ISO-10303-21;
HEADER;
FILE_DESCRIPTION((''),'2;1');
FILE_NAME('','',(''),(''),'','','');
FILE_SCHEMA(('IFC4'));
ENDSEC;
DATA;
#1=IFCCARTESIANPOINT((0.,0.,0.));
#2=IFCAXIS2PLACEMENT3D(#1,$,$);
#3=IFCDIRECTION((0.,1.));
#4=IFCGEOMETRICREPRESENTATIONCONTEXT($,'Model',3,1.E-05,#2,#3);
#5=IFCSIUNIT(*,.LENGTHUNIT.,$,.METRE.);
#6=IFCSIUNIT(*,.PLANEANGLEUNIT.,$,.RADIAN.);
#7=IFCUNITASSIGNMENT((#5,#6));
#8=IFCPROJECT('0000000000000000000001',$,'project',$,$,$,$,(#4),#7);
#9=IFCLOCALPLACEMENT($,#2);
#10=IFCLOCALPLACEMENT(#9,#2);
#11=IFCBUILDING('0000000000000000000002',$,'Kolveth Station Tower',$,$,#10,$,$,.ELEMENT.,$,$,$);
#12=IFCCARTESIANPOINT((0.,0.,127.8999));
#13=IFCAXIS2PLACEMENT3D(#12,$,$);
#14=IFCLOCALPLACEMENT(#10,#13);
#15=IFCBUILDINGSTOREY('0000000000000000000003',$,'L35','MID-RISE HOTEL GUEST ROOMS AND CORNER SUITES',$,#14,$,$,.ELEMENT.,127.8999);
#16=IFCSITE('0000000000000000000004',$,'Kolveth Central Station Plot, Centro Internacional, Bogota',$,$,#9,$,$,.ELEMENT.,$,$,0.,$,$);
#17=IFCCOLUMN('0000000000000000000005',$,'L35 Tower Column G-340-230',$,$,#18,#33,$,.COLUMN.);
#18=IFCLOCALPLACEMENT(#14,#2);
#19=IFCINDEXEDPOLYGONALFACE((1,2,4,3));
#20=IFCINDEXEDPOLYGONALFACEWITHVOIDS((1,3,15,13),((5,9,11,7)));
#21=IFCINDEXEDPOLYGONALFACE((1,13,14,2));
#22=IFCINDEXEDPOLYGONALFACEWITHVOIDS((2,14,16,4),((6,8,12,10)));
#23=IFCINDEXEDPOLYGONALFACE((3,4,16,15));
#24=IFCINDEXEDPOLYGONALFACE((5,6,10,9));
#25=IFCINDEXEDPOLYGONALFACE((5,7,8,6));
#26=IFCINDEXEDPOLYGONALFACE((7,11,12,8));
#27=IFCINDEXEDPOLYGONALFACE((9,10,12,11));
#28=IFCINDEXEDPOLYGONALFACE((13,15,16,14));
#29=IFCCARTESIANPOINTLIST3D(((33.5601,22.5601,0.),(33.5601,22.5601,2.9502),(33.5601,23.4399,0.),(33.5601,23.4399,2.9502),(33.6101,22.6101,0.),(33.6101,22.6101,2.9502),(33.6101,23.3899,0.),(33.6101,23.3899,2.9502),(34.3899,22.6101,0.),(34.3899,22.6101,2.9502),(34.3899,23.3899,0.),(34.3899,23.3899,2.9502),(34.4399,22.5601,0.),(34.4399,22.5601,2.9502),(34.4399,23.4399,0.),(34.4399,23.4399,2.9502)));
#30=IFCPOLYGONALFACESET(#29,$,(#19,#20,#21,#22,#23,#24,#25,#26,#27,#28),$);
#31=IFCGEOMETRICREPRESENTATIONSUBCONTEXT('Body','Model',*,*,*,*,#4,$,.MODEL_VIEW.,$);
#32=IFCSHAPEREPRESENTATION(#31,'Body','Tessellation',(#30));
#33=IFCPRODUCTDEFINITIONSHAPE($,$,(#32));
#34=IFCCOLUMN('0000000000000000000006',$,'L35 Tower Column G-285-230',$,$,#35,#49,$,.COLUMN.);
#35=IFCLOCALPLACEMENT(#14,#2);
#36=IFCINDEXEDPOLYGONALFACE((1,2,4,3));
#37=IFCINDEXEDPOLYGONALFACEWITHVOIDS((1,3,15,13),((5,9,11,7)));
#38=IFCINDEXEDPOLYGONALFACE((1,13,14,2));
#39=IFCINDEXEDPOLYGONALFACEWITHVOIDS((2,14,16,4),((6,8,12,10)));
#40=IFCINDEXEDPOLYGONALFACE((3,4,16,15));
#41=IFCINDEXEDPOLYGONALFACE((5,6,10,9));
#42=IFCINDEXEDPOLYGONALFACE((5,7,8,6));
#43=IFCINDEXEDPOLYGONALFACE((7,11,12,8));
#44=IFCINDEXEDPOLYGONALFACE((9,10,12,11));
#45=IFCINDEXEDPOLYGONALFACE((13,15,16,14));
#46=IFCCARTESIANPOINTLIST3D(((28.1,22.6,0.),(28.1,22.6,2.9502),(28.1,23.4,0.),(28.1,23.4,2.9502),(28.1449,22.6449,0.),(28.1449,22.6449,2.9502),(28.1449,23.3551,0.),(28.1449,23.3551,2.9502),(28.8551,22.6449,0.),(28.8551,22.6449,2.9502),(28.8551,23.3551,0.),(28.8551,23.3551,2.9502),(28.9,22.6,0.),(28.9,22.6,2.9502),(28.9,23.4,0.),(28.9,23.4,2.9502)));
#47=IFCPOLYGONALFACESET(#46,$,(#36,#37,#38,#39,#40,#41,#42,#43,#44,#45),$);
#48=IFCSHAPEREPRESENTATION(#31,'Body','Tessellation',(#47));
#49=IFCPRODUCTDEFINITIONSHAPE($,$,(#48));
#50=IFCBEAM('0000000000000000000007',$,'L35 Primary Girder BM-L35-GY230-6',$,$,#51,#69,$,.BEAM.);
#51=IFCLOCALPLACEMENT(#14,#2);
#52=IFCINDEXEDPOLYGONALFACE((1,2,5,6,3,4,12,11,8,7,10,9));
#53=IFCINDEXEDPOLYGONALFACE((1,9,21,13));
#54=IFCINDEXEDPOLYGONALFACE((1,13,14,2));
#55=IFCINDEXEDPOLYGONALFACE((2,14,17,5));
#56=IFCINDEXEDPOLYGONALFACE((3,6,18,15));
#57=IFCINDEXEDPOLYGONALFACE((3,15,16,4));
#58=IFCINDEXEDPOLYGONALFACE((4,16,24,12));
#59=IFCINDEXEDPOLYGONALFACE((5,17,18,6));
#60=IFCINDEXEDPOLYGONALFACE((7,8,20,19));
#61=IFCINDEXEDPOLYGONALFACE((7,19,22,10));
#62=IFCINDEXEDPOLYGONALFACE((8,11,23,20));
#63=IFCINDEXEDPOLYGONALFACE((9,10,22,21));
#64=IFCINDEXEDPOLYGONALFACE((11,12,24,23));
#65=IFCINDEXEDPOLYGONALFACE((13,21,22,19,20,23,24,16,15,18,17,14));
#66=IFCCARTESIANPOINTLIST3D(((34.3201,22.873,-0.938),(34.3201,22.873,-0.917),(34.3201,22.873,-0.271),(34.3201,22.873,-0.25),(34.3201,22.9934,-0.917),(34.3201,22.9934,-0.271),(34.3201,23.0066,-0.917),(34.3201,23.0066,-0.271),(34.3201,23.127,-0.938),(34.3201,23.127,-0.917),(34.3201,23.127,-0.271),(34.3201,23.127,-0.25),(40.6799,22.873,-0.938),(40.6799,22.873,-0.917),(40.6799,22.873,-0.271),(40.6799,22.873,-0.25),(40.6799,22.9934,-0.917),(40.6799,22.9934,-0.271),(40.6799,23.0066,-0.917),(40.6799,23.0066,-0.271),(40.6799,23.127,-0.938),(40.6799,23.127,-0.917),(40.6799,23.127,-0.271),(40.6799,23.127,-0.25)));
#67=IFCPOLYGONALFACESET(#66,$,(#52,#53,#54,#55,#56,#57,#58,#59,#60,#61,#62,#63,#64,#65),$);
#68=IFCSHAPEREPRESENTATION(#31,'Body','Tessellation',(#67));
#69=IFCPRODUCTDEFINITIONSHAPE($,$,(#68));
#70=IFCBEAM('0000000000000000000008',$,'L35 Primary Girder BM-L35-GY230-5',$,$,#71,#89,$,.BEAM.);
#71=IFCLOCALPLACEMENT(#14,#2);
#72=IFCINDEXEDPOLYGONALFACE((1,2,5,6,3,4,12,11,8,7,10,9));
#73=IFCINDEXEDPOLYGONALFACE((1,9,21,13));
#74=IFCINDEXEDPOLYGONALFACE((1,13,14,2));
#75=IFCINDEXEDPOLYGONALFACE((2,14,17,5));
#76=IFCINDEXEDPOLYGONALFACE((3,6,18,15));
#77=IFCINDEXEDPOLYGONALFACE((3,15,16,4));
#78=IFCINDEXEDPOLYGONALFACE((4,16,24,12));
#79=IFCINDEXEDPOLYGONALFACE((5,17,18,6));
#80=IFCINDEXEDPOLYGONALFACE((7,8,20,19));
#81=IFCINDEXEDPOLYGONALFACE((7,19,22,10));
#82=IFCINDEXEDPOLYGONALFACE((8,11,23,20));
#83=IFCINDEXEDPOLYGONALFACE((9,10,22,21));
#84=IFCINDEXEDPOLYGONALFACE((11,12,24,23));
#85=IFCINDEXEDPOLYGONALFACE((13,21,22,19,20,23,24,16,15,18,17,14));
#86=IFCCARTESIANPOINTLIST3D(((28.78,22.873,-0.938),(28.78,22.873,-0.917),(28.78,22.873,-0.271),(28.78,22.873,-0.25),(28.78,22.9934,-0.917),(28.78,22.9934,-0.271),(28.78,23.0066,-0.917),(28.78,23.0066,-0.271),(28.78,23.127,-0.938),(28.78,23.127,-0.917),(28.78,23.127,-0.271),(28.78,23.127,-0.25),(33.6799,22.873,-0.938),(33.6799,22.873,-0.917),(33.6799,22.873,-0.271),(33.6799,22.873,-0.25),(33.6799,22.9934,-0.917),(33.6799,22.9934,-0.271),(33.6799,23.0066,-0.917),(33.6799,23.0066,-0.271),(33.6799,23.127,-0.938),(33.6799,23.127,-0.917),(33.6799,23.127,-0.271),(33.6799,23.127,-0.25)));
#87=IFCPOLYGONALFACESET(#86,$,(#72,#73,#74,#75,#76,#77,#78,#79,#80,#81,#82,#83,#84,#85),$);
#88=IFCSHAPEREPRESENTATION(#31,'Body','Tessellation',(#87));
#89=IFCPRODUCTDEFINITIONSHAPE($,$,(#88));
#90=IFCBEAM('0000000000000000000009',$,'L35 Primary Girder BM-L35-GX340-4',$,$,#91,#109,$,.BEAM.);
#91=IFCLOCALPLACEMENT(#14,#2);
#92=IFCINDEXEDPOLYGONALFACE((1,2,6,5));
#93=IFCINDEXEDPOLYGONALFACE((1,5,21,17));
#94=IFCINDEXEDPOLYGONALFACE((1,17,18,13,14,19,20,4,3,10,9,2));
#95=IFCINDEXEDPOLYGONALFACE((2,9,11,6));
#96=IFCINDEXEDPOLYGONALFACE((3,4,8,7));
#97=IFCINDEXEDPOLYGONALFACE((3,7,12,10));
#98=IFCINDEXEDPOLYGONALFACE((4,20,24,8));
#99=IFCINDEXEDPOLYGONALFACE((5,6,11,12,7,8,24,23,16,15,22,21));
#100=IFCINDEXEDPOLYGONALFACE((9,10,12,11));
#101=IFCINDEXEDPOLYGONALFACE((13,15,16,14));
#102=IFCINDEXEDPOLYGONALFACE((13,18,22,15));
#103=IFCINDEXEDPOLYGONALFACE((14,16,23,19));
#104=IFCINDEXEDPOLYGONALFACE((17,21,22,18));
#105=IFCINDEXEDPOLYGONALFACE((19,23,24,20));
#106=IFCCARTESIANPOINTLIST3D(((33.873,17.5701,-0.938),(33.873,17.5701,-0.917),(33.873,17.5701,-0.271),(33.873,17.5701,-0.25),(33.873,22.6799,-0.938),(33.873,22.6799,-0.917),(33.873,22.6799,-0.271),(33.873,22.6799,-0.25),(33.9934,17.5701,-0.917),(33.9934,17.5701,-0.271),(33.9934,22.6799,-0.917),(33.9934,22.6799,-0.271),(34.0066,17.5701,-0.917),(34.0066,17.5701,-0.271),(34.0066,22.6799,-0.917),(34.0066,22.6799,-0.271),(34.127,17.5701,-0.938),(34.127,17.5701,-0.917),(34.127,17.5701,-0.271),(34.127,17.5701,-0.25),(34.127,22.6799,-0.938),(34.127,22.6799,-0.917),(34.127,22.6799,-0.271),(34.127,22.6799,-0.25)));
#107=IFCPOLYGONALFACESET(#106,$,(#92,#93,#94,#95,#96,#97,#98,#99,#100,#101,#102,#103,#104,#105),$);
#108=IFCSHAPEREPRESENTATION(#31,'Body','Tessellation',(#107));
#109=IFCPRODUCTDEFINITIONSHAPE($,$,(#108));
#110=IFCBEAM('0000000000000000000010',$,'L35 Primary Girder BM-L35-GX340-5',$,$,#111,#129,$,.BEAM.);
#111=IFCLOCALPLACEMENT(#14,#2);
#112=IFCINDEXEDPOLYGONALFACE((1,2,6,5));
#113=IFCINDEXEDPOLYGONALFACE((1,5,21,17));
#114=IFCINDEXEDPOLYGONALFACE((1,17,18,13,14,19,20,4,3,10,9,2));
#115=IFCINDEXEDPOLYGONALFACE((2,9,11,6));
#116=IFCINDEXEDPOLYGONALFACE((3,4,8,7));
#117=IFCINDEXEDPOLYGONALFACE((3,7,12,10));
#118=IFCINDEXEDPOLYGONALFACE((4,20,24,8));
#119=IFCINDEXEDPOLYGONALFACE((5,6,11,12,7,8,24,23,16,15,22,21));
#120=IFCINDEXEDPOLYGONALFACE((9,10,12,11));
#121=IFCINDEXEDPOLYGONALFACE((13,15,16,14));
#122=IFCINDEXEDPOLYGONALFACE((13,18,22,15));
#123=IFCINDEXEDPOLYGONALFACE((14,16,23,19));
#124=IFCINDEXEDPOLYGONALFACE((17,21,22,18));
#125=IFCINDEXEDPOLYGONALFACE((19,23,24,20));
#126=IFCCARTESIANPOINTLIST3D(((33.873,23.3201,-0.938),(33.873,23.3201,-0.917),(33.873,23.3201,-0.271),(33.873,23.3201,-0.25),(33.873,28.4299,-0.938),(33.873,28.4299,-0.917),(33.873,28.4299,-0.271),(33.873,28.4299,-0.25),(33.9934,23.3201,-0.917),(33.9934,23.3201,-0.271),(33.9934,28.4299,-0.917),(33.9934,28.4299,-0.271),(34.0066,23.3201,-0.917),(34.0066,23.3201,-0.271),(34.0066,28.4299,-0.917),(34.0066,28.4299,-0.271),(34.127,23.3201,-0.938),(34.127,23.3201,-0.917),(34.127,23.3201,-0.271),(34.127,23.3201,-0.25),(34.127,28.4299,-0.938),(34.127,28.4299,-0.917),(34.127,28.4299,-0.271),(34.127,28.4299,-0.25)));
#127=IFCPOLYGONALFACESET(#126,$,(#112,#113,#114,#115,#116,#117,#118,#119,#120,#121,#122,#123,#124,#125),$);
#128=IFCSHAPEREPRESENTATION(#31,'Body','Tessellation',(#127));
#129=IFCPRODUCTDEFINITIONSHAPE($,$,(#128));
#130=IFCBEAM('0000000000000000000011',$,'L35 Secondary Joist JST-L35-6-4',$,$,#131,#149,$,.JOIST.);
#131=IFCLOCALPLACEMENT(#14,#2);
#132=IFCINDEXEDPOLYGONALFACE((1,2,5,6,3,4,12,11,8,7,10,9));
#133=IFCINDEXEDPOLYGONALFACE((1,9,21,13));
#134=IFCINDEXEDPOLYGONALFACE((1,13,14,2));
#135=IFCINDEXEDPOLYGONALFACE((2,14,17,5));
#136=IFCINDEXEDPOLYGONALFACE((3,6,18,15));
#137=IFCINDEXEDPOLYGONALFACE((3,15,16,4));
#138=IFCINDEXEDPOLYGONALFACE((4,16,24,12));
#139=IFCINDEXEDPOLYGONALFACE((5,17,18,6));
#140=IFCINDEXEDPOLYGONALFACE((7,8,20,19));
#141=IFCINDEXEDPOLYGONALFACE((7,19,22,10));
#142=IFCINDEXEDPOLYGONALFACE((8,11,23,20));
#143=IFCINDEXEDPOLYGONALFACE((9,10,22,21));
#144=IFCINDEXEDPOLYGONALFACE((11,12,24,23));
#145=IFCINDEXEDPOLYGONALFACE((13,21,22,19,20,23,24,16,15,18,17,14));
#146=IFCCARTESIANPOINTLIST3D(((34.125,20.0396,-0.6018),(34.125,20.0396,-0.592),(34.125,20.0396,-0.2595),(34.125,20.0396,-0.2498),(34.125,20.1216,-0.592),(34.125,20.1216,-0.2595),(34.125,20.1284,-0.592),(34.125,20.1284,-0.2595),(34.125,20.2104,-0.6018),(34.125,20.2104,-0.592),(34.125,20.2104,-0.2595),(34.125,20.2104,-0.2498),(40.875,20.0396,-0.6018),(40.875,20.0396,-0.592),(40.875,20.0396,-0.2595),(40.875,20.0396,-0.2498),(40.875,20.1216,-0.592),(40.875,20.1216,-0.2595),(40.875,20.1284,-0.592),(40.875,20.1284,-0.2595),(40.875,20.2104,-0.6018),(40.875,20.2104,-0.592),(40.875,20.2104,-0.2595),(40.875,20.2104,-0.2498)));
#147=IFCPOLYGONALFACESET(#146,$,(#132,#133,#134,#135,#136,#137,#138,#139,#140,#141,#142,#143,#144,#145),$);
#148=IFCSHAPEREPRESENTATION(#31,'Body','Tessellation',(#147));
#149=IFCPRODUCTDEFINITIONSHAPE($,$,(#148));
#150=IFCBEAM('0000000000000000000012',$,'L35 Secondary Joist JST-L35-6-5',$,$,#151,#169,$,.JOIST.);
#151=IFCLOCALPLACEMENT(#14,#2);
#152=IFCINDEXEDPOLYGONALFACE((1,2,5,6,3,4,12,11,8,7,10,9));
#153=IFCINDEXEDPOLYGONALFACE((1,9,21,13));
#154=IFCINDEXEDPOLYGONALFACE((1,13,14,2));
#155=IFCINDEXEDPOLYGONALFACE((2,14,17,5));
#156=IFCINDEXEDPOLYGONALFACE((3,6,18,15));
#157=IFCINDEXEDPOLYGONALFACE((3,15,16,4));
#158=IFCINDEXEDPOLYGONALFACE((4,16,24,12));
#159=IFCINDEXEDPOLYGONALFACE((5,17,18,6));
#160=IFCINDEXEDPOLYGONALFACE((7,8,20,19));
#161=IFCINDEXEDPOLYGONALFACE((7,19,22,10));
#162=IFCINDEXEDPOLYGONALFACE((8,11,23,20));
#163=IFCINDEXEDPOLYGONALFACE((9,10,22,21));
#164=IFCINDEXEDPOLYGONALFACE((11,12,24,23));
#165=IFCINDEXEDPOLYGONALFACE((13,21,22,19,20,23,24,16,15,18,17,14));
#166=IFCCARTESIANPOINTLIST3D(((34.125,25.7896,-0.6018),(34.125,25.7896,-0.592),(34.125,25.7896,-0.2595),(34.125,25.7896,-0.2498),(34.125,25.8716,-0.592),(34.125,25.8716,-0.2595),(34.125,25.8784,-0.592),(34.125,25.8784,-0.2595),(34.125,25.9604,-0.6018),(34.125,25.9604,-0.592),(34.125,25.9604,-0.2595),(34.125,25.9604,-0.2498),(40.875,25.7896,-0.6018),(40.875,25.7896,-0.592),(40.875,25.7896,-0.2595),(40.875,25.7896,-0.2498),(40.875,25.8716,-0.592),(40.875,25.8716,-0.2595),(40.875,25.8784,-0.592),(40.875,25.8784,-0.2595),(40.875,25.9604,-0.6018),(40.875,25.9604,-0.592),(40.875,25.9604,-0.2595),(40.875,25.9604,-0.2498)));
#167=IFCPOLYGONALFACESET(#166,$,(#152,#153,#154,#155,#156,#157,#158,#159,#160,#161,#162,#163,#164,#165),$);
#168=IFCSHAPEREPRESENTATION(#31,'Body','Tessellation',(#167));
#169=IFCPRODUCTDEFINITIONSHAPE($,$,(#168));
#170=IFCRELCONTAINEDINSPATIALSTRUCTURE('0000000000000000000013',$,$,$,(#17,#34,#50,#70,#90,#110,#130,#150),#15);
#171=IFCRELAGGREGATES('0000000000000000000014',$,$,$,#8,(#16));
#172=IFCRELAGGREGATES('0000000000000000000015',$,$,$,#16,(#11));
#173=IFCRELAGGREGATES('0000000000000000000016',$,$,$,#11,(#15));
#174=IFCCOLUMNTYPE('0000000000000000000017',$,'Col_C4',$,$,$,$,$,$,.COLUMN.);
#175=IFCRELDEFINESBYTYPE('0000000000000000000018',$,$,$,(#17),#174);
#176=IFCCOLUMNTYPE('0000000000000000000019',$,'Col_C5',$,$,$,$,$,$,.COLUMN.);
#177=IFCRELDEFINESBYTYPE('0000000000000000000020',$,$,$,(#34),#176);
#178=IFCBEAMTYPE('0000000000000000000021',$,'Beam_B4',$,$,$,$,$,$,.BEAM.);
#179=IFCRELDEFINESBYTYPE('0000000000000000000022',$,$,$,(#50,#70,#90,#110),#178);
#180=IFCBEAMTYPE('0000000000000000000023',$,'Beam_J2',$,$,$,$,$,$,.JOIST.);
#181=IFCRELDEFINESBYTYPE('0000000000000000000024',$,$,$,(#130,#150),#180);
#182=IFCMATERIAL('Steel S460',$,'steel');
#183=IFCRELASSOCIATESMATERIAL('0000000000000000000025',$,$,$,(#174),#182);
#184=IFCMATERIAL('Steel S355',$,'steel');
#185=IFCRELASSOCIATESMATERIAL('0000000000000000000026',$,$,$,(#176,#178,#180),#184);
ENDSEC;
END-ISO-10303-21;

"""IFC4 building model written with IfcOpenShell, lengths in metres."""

from ifc_helpers import new_model, si_unit, direction, frame, origin, origin_2d, place, context, subcontext, project, spatial, hollow_rectangle, i_section, extrude, source, transform, mapped, material, material_profile, profile_set, type_object, element, save


model = new_model("IFC4")

# Units and contexts
model_context = context("Model", 3, precision=1e-05, world=origin(), true_north=direction((0.0, 1.0)))
body_context = subcontext(model_context, "Body", "Model", "MODEL_VIEW")
ifc_project = project(units=[si_unit("LENGTHUNIT", "METRE"), si_unit("PLANEANGLEUNIT", "RADIAN")], contexts=[model_context])

# Site, building, storey
site_placement = place(None, origin())
site = spatial("IfcSite", under=ifc_project, at=site_placement, Name="Kolveth Central Station Plot, Centro Internacional, Bogota", CompositionType="ELEMENT", RefElevation=0.0)
building_placement = place(site_placement, origin())
building = spatial("IfcBuilding", under=site, at=building_placement, Name="Kolveth Station Tower", CompositionType="ELEMENT")
storey_placement = place(building_placement, frame((0.0, 0.0, 127.8999)))
storey = spatial("IfcBuildingStorey", under=building, at=storey_placement, Name="L35", Description="MID-RISE HOTEL GUEST ROOMS AND CORNER SUITES", CompositionType="ELEMENT", Elevation=127.8999)

# Columns
ifc_material_1 = material(Name="Steel S460", Category="steel")
ifc_material_profile_1 = material_profile(ifc_material_1, hollow_rectangle(XDim=0.8799, YDim=0.8799, WallThickness=0.05, at=origin_2d()), Name="BOX880x880x50")
ifc_profile_set_1 = profile_set([ifc_material_profile_1], Name="Steel S460")
column_type_1 = type_object("IfcColumnType", Name="Col_C4", PredefinedType="COLUMN", material=ifc_profile_set_1)
shared_shape_1 = source(origin(), body_context, "Body", "SweptSolid", [
    extrude(hollow_rectangle(XDim=0.8799, YDim=0.8799, WallThickness=0.05, at=origin_2d()), origin(), (0.0, 0.0, 1.0), 2.9502),
])
column_1_placement = place(storey_placement, frame((34.0, 23.0, 0.0), z_axis=(0.0, 0.0, 1.0), x_axis=(1.0, 0.0, 0.0)))
element("IfcColumn", 1, at=column_1_placement, inside=storey, type_object=column_type_1, Name="L35 Tower Column G-340-230", PredefinedType="COLUMN", context=body_context, shape_type="MappedRepresentation", body=[
    mapped(shared_shape_1, transform((0.0, 0.0, 0.0), x_axis=(1.0, 0.0, 0.0), y_axis=(0.0, 1.0, 0.0), z_axis=(0.0, 0.0, 1.0), scale=1.0)),
])
ifc_material_2 = material(Name="Steel S355", Category="steel")
ifc_material_profile_2 = material_profile(ifc_material_2, hollow_rectangle(XDim=0.8, YDim=0.8, WallThickness=0.0449, at=origin_2d()), Name="BOX800x800x45")
ifc_profile_set_2 = profile_set([ifc_material_profile_2], Name="Steel S355")
column_type_2 = type_object("IfcColumnType", Name="Col_C5", PredefinedType="COLUMN", material=ifc_profile_set_2)
shared_shape_2 = source(origin(), body_context, "Body", "SweptSolid", [
    extrude(hollow_rectangle(XDim=0.8, YDim=0.8, WallThickness=0.0449, at=origin_2d()), origin(), (0.0, 0.0, 1.0), 2.9502),
])
column_2_placement = place(storey_placement, frame((28.5, 23.0, 0.0), z_axis=(0.0, 0.0, 1.0), x_axis=(1.0, 0.0, 0.0)))
element("IfcColumn", 2, at=column_2_placement, inside=storey, type_object=column_type_2, Name="L35 Tower Column G-285-230", PredefinedType="COLUMN", context=body_context, shape_type="MappedRepresentation", body=[
    mapped(shared_shape_2, transform((0.0, 0.0, 0.0), x_axis=(1.0, 0.0, 0.0), y_axis=(0.0, 1.0, 0.0), z_axis=(0.0, 0.0, 1.0), scale=1.0)),
])

# Beams
ifc_material_profile_3 = material_profile(ifc_material_2, i_section(OverallWidth=0.2539, OverallDepth=0.688, WebThickness=0.0132, FlangeThickness=0.021, at=origin_2d()), Name="W690x152")
ifc_profile_set_3 = profile_set([ifc_material_profile_3], Name="Steel S355")
beam_type_1 = type_object("IfcBeamType", Name="Beam_B4", PredefinedType="BEAM", material=ifc_profile_set_3)
shared_shape_3 = source(origin(), body_context, "Body", "SweptSolid", [
    extrude(i_section(OverallWidth=0.2539, OverallDepth=0.688, WebThickness=0.0132, FlangeThickness=0.021, at=origin_2d()), origin(), (0.0, 0.0, 1.0), 6.3599),
])
beam_1_placement = place(storey_placement, frame((34.3201, 23.0, -0.594), z_axis=(1.0, 0.0, 0.0), x_axis=(0.0, 1.0, 0.0)))
element("IfcBeam", 3, at=beam_1_placement, inside=storey, type_object=beam_type_1, Name="L35 Primary Girder BM-L35-GY230-6", PredefinedType="BEAM", context=body_context, shape_type="MappedRepresentation", body=[
    mapped(shared_shape_3, transform((0.0, 0.0, 0.0), x_axis=(1.0, 0.0, 0.0), y_axis=(0.0, 1.0, 0.0), z_axis=(0.0, 0.0, 1.0), scale=1.0)),
])
shared_shape_4 = source(origin(), body_context, "Body", "SweptSolid", [
    extrude(i_section(OverallWidth=0.2539, OverallDepth=0.688, WebThickness=0.0132, FlangeThickness=0.021, at=origin_2d()), origin(), (0.0, 0.0, 1.0), 4.8999),
])
beam_2_placement = place(storey_placement, frame((28.78, 23.0, -0.594), z_axis=(1.0, 0.0, 0.0), x_axis=(0.0, 1.0, 0.0)))
element("IfcBeam", 4, at=beam_2_placement, inside=storey, type_object=beam_type_1, Name="L35 Primary Girder BM-L35-GY230-5", PredefinedType="BEAM", context=body_context, shape_type="MappedRepresentation", body=[
    mapped(shared_shape_4, transform((0.0, 0.0, 0.0), x_axis=(1.0, 0.0, 0.0), y_axis=(0.0, 1.0, 0.0), z_axis=(0.0, 0.0, 1.0), scale=1.0)),
])
shared_shape_5 = source(origin(), body_context, "Body", "SweptSolid", [
    extrude(i_section(OverallWidth=0.2539, OverallDepth=0.688, WebThickness=0.0132, FlangeThickness=0.021, at=origin_2d()), origin(), (0.0, 0.0, 1.0), 5.1099),
])
for number, where, z_axis, x_axis, name in (
    (5, (34.0, 17.5701, -0.594), (0.0, 1.0, 0.0), (-1.0, 0.0, 0.0), "L35 Primary Girder BM-L35-GX340-4"),
    (6, (34.0, 23.3201, -0.594), (0.0, 1.0, 0.0), (-1.0, 0.0, 0.0), "L35 Primary Girder BM-L35-GX340-5"),
):
    element("IfcBeam", number, at=place(storey_placement, frame(where, z_axis=z_axis, x_axis=x_axis)), inside=storey, type_object=beam_type_1, Name=name, PredefinedType="BEAM", context=body_context, shape_type="MappedRepresentation", body=[
        mapped(shared_shape_5, transform((0.0, 0.0, 0.0), x_axis=(1.0, 0.0, 0.0), y_axis=(0.0, 1.0, 0.0), z_axis=(0.0, 0.0, 1.0), scale=1.0)),
    ])
ifc_material_profile_4 = material_profile(ifc_material_2, i_section(OverallWidth=0.1709, OverallDepth=0.3521, WebThickness=0.0068, FlangeThickness=0.0098, at=origin_2d()), Name="W360x44")
ifc_profile_set_4 = profile_set([ifc_material_profile_4], Name="Steel S355")
beam_type_2 = type_object("IfcBeamType", Name="Beam_J2", PredefinedType="JOIST", material=ifc_profile_set_4)
shared_shape_6 = source(origin(), body_context, "Body", "SweptSolid", [
    extrude(i_section(OverallWidth=0.1709, OverallDepth=0.3521, WebThickness=0.0068, FlangeThickness=0.0098, at=origin_2d()), origin(), (0.0, 0.0, 1.0), 6.75),
])
for number, where, z_axis, x_axis, name in (
    (7, (34.125, 20.125, -0.4258), (1.0, 0.0, 0.0), (0.0, 1.0, 0.0), "L35 Secondary Joist JST-L35-6-4"),
    (8, (34.125, 25.875, -0.4258), (1.0, 0.0, 0.0), (0.0, 1.0, 0.0), "L35 Secondary Joist JST-L35-6-5"),
):
    element("IfcBeam", number, at=place(storey_placement, frame(where, z_axis=z_axis, x_axis=x_axis)), inside=storey, type_object=beam_type_2, Name=name, PredefinedType="JOIST", context=body_context, shape_type="MappedRepresentation", body=[
        mapped(shared_shape_6, transform((0.0, 0.0, 0.0), x_axis=(1.0, 0.0, 0.0), y_axis=(0.0, 1.0, 0.0), z_axis=(0.0, 0.0, 1.0), scale=1.0)),
    ])

save(model, "model.ifc")
